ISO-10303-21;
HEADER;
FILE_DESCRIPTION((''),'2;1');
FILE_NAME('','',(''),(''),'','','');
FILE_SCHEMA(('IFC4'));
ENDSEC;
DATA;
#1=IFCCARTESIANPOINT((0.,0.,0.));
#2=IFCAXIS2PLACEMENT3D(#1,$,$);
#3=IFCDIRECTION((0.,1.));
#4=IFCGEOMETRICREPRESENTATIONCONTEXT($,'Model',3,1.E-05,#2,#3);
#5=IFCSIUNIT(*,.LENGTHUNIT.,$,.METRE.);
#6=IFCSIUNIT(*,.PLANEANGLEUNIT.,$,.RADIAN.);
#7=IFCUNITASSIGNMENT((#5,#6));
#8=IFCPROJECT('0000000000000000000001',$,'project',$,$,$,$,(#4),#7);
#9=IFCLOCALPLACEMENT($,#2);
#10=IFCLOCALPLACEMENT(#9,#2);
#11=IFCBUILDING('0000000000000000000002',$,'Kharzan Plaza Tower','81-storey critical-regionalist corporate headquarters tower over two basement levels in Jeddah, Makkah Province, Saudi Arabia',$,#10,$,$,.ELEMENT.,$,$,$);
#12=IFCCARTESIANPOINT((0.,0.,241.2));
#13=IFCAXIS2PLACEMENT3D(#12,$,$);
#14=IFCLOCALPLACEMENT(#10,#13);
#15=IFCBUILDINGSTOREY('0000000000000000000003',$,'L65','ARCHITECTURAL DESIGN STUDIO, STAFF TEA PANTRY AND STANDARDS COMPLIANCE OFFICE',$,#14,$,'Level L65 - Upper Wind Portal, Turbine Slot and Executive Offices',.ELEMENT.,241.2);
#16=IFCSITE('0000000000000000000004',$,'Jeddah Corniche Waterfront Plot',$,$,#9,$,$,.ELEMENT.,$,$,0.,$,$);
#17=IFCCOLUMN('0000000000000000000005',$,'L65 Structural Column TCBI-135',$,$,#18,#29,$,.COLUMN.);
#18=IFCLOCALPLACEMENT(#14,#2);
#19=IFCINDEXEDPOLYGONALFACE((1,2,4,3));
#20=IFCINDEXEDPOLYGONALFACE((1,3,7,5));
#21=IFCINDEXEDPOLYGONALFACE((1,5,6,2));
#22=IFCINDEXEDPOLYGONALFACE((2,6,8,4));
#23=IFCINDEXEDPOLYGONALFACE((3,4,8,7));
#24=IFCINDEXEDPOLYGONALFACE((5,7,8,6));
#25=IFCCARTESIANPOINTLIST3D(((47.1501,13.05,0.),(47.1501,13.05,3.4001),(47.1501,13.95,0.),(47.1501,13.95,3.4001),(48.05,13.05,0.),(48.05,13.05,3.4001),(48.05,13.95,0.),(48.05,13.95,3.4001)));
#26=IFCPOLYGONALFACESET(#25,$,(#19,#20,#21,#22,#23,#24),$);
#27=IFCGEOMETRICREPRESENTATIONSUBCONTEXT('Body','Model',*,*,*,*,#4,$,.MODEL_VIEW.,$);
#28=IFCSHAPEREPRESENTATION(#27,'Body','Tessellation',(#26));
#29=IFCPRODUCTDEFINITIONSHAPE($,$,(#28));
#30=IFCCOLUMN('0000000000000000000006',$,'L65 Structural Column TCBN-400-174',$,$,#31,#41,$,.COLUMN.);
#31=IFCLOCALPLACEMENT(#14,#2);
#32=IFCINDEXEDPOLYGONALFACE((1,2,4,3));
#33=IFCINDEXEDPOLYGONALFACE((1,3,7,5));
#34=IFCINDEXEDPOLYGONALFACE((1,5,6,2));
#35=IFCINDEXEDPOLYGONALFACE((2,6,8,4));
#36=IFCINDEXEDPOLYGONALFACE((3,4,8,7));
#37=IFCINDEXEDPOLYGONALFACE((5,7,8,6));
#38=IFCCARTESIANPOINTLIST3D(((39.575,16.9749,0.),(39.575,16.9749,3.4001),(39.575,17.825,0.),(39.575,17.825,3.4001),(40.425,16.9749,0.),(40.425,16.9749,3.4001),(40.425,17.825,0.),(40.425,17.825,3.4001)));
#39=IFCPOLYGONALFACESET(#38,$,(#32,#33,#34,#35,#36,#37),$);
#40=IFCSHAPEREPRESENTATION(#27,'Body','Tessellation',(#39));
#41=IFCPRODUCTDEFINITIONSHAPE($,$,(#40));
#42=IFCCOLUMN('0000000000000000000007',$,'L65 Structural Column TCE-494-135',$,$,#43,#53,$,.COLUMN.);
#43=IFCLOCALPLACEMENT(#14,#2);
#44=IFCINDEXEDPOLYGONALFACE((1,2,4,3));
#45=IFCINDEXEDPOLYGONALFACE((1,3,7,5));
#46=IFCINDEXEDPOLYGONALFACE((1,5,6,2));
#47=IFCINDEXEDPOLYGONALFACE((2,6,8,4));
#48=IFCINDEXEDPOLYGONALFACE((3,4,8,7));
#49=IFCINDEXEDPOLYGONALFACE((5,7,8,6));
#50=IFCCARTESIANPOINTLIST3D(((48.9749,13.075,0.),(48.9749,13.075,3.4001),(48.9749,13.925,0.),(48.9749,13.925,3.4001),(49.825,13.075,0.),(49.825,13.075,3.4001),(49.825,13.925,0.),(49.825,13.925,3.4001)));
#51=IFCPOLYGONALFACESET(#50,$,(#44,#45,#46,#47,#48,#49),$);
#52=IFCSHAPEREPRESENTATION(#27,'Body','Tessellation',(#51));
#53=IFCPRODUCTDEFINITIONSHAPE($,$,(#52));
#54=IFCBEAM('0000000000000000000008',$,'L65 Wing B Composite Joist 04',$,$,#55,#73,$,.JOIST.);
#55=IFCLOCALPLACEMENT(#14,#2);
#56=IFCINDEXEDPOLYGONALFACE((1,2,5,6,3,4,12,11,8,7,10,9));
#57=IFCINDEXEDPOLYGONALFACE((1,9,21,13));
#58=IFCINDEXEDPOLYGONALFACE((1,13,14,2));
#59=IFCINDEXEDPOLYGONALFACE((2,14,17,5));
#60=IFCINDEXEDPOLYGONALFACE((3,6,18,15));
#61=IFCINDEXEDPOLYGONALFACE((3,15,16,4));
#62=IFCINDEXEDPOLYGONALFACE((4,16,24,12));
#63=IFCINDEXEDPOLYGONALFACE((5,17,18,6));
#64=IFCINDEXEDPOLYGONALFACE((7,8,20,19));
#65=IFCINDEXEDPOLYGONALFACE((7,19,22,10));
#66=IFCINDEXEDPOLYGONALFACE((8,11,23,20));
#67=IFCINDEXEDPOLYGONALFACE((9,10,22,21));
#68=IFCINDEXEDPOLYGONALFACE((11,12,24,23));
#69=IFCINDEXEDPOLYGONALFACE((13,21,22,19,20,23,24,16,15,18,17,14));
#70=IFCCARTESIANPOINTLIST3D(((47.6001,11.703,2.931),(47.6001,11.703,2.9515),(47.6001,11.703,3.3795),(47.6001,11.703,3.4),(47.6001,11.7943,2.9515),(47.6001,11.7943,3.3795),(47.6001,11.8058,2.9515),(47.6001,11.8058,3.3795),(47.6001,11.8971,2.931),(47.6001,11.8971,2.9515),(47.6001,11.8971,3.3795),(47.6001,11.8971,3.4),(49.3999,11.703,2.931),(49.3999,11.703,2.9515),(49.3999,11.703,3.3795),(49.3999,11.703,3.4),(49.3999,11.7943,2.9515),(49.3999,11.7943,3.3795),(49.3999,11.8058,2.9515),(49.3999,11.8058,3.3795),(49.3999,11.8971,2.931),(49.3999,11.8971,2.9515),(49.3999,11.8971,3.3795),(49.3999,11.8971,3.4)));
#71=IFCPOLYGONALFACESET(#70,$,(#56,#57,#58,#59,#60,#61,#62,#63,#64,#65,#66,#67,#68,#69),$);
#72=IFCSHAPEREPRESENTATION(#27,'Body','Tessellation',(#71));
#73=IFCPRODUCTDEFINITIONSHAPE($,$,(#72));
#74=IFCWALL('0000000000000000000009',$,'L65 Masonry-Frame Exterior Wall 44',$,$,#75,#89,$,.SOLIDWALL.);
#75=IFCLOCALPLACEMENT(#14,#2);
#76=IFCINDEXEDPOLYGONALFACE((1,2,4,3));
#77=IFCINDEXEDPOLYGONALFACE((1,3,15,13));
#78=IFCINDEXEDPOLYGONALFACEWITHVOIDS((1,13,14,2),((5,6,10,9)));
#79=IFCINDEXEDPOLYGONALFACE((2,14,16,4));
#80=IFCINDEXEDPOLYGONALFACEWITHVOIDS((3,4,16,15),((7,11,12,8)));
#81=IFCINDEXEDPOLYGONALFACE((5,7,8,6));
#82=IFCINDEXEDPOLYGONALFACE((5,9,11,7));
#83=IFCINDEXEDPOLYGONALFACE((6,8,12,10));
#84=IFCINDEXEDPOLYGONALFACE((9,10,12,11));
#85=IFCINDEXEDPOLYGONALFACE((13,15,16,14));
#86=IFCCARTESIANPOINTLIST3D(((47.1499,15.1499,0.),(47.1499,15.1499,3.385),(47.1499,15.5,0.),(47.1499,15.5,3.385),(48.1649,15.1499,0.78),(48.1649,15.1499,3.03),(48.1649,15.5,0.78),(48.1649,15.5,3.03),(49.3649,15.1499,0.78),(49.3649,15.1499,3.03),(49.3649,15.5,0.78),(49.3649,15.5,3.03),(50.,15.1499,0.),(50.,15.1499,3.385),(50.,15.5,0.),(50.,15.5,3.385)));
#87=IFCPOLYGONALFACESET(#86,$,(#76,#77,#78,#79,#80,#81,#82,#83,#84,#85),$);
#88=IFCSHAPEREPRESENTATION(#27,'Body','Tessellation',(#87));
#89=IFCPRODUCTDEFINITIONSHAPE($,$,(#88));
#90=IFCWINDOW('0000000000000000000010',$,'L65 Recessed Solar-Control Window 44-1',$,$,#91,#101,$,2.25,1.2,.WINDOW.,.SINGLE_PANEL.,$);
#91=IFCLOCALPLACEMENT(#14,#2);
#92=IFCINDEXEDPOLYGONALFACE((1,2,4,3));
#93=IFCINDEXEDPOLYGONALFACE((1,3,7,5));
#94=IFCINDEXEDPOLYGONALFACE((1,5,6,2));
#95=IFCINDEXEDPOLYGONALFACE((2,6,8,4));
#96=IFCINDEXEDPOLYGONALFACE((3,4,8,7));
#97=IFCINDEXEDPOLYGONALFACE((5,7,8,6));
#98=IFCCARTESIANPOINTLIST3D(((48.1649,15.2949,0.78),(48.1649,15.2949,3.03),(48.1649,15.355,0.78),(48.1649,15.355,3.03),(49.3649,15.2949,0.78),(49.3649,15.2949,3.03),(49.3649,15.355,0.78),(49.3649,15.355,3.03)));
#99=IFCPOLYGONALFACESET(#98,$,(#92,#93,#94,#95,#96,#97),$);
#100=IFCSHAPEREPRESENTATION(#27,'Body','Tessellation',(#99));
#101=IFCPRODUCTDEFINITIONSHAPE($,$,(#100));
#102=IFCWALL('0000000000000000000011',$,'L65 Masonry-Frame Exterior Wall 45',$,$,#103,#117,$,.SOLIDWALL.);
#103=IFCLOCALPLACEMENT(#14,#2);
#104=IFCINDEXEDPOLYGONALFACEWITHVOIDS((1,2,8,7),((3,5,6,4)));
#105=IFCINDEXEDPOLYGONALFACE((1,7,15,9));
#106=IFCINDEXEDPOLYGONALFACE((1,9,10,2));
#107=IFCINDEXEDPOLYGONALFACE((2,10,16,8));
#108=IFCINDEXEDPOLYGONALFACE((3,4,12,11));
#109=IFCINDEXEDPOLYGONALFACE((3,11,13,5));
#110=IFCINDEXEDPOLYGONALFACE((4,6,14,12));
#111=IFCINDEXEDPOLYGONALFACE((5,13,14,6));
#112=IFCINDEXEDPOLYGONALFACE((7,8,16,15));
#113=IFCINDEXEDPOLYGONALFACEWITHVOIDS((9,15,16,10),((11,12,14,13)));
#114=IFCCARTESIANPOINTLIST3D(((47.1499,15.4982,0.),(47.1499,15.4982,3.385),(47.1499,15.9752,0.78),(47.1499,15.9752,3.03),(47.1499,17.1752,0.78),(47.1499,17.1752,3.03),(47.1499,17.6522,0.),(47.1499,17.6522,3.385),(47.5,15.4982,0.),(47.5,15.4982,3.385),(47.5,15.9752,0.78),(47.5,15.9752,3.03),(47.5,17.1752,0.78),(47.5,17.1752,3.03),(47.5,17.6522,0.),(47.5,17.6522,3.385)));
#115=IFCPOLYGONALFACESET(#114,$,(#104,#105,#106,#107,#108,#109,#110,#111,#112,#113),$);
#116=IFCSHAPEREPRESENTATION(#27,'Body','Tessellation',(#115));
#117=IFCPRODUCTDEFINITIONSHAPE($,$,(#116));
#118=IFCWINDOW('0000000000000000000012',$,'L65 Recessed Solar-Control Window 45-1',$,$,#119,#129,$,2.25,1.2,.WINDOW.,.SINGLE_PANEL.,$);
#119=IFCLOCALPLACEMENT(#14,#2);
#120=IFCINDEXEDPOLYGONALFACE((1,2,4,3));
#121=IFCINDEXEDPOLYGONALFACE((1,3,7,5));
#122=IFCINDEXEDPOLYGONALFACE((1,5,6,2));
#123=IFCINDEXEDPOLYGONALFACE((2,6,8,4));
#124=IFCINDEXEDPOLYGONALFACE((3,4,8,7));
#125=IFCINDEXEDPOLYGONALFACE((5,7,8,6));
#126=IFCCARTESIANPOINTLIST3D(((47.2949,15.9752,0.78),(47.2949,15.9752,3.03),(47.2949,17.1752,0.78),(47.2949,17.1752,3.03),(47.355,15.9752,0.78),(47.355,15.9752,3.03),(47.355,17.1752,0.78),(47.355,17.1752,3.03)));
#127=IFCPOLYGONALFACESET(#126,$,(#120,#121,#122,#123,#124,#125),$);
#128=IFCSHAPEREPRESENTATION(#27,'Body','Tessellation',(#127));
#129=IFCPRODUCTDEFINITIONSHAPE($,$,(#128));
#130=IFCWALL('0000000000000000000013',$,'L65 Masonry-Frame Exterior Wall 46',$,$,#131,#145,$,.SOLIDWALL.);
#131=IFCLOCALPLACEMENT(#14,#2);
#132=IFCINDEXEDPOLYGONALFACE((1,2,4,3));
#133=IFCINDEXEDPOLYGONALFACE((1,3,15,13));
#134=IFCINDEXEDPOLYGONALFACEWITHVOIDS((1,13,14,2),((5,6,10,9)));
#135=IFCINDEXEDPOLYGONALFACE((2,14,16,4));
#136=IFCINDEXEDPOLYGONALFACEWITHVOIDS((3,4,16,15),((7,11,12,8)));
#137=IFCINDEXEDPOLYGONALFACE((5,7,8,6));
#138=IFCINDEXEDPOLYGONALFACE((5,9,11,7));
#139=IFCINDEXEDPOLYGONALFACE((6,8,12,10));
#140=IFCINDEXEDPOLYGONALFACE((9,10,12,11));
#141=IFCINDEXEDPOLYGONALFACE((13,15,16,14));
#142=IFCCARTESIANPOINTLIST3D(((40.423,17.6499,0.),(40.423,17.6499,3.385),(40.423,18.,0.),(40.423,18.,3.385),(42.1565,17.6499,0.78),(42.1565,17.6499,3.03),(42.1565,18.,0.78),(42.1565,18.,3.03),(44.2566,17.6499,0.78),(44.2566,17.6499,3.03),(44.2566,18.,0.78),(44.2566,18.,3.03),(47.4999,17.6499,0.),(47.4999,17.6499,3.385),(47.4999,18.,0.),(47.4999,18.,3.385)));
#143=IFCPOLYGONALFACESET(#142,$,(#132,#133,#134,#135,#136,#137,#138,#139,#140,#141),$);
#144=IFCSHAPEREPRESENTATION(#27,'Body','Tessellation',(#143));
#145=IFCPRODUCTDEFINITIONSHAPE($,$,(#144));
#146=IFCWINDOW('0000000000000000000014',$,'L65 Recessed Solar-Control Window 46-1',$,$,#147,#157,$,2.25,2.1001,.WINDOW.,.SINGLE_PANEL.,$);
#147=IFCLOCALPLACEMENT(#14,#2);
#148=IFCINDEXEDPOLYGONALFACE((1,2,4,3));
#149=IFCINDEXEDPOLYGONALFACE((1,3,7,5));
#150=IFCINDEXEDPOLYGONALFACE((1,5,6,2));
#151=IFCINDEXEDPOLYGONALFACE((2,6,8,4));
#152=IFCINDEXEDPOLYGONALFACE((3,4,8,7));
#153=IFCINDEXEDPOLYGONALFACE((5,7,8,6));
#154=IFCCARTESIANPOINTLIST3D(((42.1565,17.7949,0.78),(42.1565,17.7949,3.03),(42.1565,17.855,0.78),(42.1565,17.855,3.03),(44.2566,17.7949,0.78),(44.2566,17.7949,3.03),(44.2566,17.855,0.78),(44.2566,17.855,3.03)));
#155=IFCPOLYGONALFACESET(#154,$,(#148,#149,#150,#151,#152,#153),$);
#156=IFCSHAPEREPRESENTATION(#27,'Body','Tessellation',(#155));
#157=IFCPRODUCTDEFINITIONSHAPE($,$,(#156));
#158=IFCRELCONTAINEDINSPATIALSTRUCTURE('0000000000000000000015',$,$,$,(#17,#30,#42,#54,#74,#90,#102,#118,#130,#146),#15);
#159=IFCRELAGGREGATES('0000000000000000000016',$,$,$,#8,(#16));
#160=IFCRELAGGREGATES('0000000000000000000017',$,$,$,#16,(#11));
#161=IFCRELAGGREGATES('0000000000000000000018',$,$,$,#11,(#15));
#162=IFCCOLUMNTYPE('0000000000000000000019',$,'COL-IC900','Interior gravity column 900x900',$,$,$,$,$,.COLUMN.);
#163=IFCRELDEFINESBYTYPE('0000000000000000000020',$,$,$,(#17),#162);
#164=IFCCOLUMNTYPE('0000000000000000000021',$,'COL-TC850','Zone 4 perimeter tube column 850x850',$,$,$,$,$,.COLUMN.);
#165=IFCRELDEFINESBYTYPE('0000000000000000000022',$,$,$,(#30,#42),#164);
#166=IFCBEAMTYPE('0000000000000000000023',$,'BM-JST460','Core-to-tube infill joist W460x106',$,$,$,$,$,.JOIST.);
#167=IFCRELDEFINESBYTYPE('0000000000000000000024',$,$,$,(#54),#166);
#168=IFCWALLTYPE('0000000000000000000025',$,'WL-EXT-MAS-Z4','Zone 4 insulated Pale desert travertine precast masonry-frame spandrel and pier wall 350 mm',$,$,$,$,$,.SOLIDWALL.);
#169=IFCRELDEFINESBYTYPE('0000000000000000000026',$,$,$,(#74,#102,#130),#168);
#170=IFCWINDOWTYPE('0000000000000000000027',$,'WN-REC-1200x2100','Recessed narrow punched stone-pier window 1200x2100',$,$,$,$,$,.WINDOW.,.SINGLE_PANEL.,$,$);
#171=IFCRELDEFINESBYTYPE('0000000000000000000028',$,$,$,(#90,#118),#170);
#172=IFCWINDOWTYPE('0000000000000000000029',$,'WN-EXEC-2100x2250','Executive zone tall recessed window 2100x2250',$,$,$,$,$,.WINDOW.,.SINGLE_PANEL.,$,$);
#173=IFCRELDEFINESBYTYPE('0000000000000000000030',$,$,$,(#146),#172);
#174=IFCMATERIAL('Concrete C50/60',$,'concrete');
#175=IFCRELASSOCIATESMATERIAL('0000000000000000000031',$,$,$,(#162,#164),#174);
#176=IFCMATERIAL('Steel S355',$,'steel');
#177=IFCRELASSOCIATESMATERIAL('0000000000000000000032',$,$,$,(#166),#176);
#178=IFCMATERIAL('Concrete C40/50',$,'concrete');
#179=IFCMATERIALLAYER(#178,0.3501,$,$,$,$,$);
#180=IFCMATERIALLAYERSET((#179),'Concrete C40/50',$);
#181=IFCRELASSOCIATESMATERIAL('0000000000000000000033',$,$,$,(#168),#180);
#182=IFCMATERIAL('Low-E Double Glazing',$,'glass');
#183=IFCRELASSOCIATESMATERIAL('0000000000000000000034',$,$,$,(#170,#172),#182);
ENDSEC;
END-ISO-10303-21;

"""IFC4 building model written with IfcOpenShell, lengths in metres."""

from ifc_helpers import new_model, si_unit, direction, frame, frame_2d, origin, origin_2d, place, context, subcontext, project, spatial, rectangle, i_section, extrude, source, transform, mapped, material, layer, layer_set, material_profile, profile_set, type_object, element, fill, save


model = new_model("IFC4")

# Units and contexts
model_context = context("Model", 3, precision=1e-05, world=origin(), true_north=direction((0.0, 1.0)))
body_context = subcontext(model_context, "Body", "Model", "MODEL_VIEW")
ifc_project = project(units=[si_unit("LENGTHUNIT", "METRE"), si_unit("PLANEANGLEUNIT", "RADIAN")], contexts=[model_context])

# Site, building, storey
site_placement = place(None, origin())
site = spatial("IfcSite", under=ifc_project, at=site_placement, Name="Jeddah Corniche Waterfront Plot", CompositionType="ELEMENT", RefElevation=0.0)
building_placement = place(site_placement, origin())
building = spatial("IfcBuilding", under=site, at=building_placement, Name="Kharzan Plaza Tower", Description="81-storey critical-regionalist corporate headquarters tower over two basement levels in Jeddah, Makkah Province, Saudi Arabia", CompositionType="ELEMENT")
storey_placement = place(building_placement, frame((0.0, 0.0, 241.2)))
storey = spatial("IfcBuildingStorey", under=building, at=storey_placement, Name="L65", Description="ARCHITECTURAL DESIGN STUDIO, STAFF TEA PANTRY AND STANDARDS COMPLIANCE OFFICE", LongName="Level L65 - Upper Wind Portal, Turbine Slot and Executive Offices", CompositionType="ELEMENT", Elevation=241.2)

# Columns
ifc_material_1 = material(Name="Concrete C50/60", Category="concrete")
ifc_material_profile_1 = material_profile(ifc_material_1, rectangle(XDim=0.8999, YDim=0.8999, at=origin_2d()), Name="RC-IC900x900")
ifc_profile_set_1 = profile_set([ifc_material_profile_1], Name="Concrete C50/60")
column_type_1 = type_object("IfcColumnType", Name="COL-IC900", Description="Interior gravity column 900x900", PredefinedType="COLUMN", material=ifc_profile_set_1)
shared_shape_1 = source(origin(), body_context, "Body", "SweptSolid", [
    extrude(rectangle(XDim=0.8999, YDim=0.8999, at=origin_2d()), origin(), (0.0, 0.0, 1.0), 3.4001),
])
column_placement = place(storey_placement, frame((47.6001, 13.5, 0.0), z_axis=(0.0, 0.0, 1.0), x_axis=(1.0, 0.0, 0.0)))
element("IfcColumn", 1, at=column_placement, inside=storey, type_object=column_type_1, Name="L65 Structural Column TCBI-135", PredefinedType="COLUMN", context=body_context, shape_type="MappedRepresentation", body=[
    mapped(shared_shape_1, transform((0.0, 0.0, 0.0), x_axis=(1.0, 0.0, 0.0), y_axis=(0.0, 1.0, 0.0), z_axis=(0.0, 0.0, 1.0))),
])
ifc_material_profile_2 = material_profile(ifc_material_1, rectangle(XDim=0.8501, YDim=0.8501, at=origin_2d()), Name="RC-TC850x850")
ifc_profile_set_2 = profile_set([ifc_material_profile_2], Name="Concrete C50/60")
column_type_2 = type_object("IfcColumnType", Name="COL-TC850", Description="Zone 4 perimeter tube column 850x850", PredefinedType="COLUMN", material=ifc_profile_set_2)
shared_shape_2 = source(origin(), body_context, "Body", "SweptSolid", [
    extrude(rectangle(XDim=0.8501, YDim=0.8501, at=origin_2d()), origin(), (0.0, 0.0, 1.0), 3.4001),
])
for number, where, z_axis, x_axis, name in (
    (2, (40.0, 17.3999, 0.0), (0.0, 0.0, 1.0), (1.0, 0.0, 0.0), "L65 Structural Column TCBN-400-174"),
    (3, (49.3999, 13.5, 0.0), (0.0, 0.0, 1.0), (1.0, 0.0, 0.0), "L65 Structural Column TCE-494-135"),
):
    element("IfcColumn", number, at=place(storey_placement, frame(where, z_axis=z_axis, x_axis=x_axis)), inside=storey, type_object=column_type_2, Name=name, PredefinedType="COLUMN", context=body_context, shape_type="MappedRepresentation", body=[
        mapped(shared_shape_2, transform((0.0, 0.0, 0.0), x_axis=(1.0, 0.0, 0.0), y_axis=(0.0, 1.0, 0.0), z_axis=(0.0, 0.0, 1.0))),
    ])

# Beam
ifc_material_2 = material(Name="Steel S355", Category="steel")
ifc_material_profile_3 = material_profile(ifc_material_2, i_section(OverallWidth=0.1941, OverallDepth=0.469, WebThickness=0.0115, FlangeThickness=0.0205, at=origin_2d()), Name="W460x106")
ifc_profile_set_3 = profile_set([ifc_material_profile_3], Name="Steel S355")
beam_type = type_object("IfcBeamType", Name="BM-JST460", Description="Core-to-tube infill joist W460x106", PredefinedType="JOIST", material=ifc_profile_set_3)
shared_shape_3 = source(origin(), body_context, "Body", "SweptSolid", [
    extrude(i_section(OverallWidth=0.1941, OverallDepth=0.469, WebThickness=0.0115, FlangeThickness=0.0205, at=origin_2d()), origin(), (0.0, 0.0, 1.0), 1.7998),
])
beam_placement = place(storey_placement, frame((47.6001, 11.8, 3.1655), z_axis=(1.0, 0.0, 0.0), x_axis=(0.0, 1.0, 0.0)))
element("IfcBeam", 4, at=beam_placement, inside=storey, type_object=beam_type, Name="L65 Wing B Composite Joist 04", PredefinedType="JOIST", context=body_context, shape_type="MappedRepresentation", body=[
    mapped(shared_shape_3, transform((0.0, 0.0, 0.0), x_axis=(1.0, 0.0, 0.0), y_axis=(0.0, 1.0, 0.0), z_axis=(0.0, 0.0, 1.0))),
])

# Walls, openings, windows
ifc_material_3 = material(Name="Concrete C40/50", Category="concrete")
ifc_layer_1 = layer(ifc_material_3, 0.3501)
ifc_layer_set_1 = layer_set([ifc_layer_1], Name="Concrete C40/50")
wall_type_1 = type_object("IfcWallType", Name="WL-EXT-MAS-Z4", Description="Zone 4 insulated Pale desert travertine precast masonry-frame spandrel and pier wall 350 mm", PredefinedType="SOLIDWALL", material=ifc_layer_set_1)
wall_1_placement = place(storey_placement, frame((50.0, 15.325, 0.0), z_axis=(0.0, 0.0, 1.0), x_axis=(-1.0, 0.0, 0.0)))
wall_1 = element("IfcWall", 5, at=wall_1_placement, inside=storey, type_object=wall_type_1, Name="L65 Masonry-Frame Exterior Wall 44", PredefinedType="SOLIDWALL", context=body_context, shape_type="SweptSolid", body=[
    extrude(rectangle(XDim=2.8501, YDim=0.3501, at=frame_2d((1.425, 0.0))), origin(), (0.0, 0.0, 1.0), 3.385),
])
opening_1_placement = place(wall_1_placement, frame((0.635, 0.0, 0.78)))
opening_1 = element("IfcOpeningElement", 6, at=opening_1_placement, cuts=wall_1, PredefinedType="OPENING", context=body_context, shape_type="SweptSolid", body=[
    extrude(rectangle(XDim=1.2, YDim=2.25, at=frame_2d((0.6001, 1.125))), frame((0.0, 0.1851, 0.0), z_axis=(0.0, -1.0, 0.0), x_axis=(1.0, 0.0, 0.0)), (0.0, 0.0, 1.0), 0.3701),
])
ifc_material_4 = material(Name="Low-E Double Glazing", Category="glass")
window_type_1 = type_object("IfcWindowType", Name="WN-REC-1200x2100", Description="Recessed narrow punched stone-pier window 1200x2100", PartitioningType="SINGLE_PANEL", PredefinedType="WINDOW", material=ifc_material_4)
shared_shape_4 = source(origin(), body_context, "Body", "SweptSolid", [
    extrude(rectangle(XDim=1.2, YDim=2.25, at=frame_2d((0.6001, 1.125))), frame((0.0, 0.03, 0.0), z_axis=(0.0, -1.0, 0.0), x_axis=(1.0, 0.0, 0.0)), (0.0, 0.0, 1.0), 0.0601),
])
window_1_placement = place(opening_1_placement, origin())
window_1 = element("IfcWindow", 7, at=window_1_placement, inside=storey, type_object=window_type_1, Name="L65 Recessed Solar-Control Window 44-1", OverallHeight=2.25, OverallWidth=1.2, PartitioningType="SINGLE_PANEL", PredefinedType="WINDOW", context=body_context, shape_type="MappedRepresentation", body=[
    mapped(shared_shape_4, transform((0.0, 0.0, 0.0), x_axis=(1.0, 0.0, 0.0), y_axis=(0.0, 1.0, 0.0), z_axis=(0.0, 0.0, 1.0))),
])
fill(opening_1, window_1)
wall_2_placement = place(storey_placement, frame((47.325, 15.498, 0.0), z_axis=(0.0, 0.0, 1.0), x_axis=(0.0, 1.0, 0.0)))
wall_2 = element("IfcWall", 8, at=wall_2_placement, inside=storey, type_object=wall_type_1, Name="L65 Masonry-Frame Exterior Wall 45", PredefinedType="SOLIDWALL", context=body_context, shape_type="SweptSolid", body=[
    extrude(rectangle(XDim=2.1541, YDim=0.3501, at=frame_2d((1.0771, 0.0))), origin(), (0.0, 0.0, 1.0), 3.385),
])
opening_2_placement = place(wall_2_placement, frame((0.4771, 0.0, 0.78)))
opening_2 = element("IfcOpeningElement", 9, at=opening_2_placement, cuts=wall_2, PredefinedType="OPENING", context=body_context, shape_type="SweptSolid", body=[
    extrude(rectangle(XDim=1.2, YDim=2.25, at=frame_2d((0.6001, 1.125))), frame((0.0, 0.1851, 0.0), z_axis=(0.0, -1.0, 0.0), x_axis=(1.0, 0.0, 0.0)), (0.0, 0.0, 1.0), 0.3701),
])
window_2_placement = place(opening_2_placement, origin())
window_2 = element("IfcWindow", 10, at=window_2_placement, inside=storey, type_object=window_type_1, Name="L65 Recessed Solar-Control Window 45-1", OverallHeight=2.25, OverallWidth=1.2, PartitioningType="SINGLE_PANEL", PredefinedType="WINDOW", context=body_context, shape_type="MappedRepresentation", body=[
    mapped(shared_shape_4, transform((0.0, 0.0, 0.0), x_axis=(1.0, 0.0, 0.0), y_axis=(0.0, 1.0, 0.0), z_axis=(0.0, 0.0, 1.0))),
])
fill(opening_2, window_2)
wall_3_placement = place(storey_placement, frame((47.5, 17.825, 0.0), z_axis=(0.0, 0.0, 1.0), x_axis=(-1.0, 0.0, 0.0)))
wall_3 = element("IfcWall", 11, at=wall_3_placement, inside=storey, type_object=wall_type_1, Name="L65 Masonry-Frame Exterior Wall 46", PredefinedType="SOLIDWALL", context=body_context, shape_type="SweptSolid", body=[
    extrude(rectangle(XDim=7.0769, YDim=0.3501, at=frame_2d((3.5386, 0.0))), origin(), (0.0, 0.0, 1.0), 3.385),
])
opening_3_placement = place(wall_3_placement, frame((3.2434, 0.0, 0.78)))
opening_3 = element("IfcOpeningElement", 12, at=opening_3_placement, cuts=wall_3, PredefinedType="OPENING", context=body_context, shape_type="SweptSolid", body=[
    extrude(rectangle(XDim=2.1001, YDim=2.25, at=frame_2d((1.05, 1.125))), frame((0.0, 0.1851, 0.0), z_axis=(0.0, -1.0, 0.0), x_axis=(1.0, 0.0, 0.0)), (0.0, 0.0, 1.0), 0.3701),
])
window_type_2 = type_object("IfcWindowType", Name="WN-EXEC-2100x2250", Description="Executive zone tall recessed window 2100x2250", PartitioningType="SINGLE_PANEL", PredefinedType="WINDOW", material=ifc_material_4)
shared_shape_5 = source(origin(), body_context, "Body", "SweptSolid", [
    extrude(rectangle(XDim=2.1001, YDim=2.25, at=frame_2d((1.05, 1.125))), frame((0.0, 0.03, 0.0), z_axis=(0.0, -1.0, 0.0), x_axis=(1.0, 0.0, 0.0)), (0.0, 0.0, 1.0), 0.0601),
])
window_3_placement = place(opening_3_placement, origin())
window_3 = element("IfcWindow", 13, at=window_3_placement, inside=storey, type_object=window_type_2, Name="L65 Recessed Solar-Control Window 46-1", OverallHeight=2.25, OverallWidth=2.1001, PartitioningType="SINGLE_PANEL", PredefinedType="WINDOW", context=body_context, shape_type="MappedRepresentation", body=[
    mapped(shared_shape_5, transform((0.0, 0.0, 0.0), x_axis=(1.0, 0.0, 0.0), y_axis=(0.0, 1.0, 0.0), z_axis=(0.0, 0.0, 1.0))),
])
fill(opening_3, window_3)

save(model, "model.ifc")
